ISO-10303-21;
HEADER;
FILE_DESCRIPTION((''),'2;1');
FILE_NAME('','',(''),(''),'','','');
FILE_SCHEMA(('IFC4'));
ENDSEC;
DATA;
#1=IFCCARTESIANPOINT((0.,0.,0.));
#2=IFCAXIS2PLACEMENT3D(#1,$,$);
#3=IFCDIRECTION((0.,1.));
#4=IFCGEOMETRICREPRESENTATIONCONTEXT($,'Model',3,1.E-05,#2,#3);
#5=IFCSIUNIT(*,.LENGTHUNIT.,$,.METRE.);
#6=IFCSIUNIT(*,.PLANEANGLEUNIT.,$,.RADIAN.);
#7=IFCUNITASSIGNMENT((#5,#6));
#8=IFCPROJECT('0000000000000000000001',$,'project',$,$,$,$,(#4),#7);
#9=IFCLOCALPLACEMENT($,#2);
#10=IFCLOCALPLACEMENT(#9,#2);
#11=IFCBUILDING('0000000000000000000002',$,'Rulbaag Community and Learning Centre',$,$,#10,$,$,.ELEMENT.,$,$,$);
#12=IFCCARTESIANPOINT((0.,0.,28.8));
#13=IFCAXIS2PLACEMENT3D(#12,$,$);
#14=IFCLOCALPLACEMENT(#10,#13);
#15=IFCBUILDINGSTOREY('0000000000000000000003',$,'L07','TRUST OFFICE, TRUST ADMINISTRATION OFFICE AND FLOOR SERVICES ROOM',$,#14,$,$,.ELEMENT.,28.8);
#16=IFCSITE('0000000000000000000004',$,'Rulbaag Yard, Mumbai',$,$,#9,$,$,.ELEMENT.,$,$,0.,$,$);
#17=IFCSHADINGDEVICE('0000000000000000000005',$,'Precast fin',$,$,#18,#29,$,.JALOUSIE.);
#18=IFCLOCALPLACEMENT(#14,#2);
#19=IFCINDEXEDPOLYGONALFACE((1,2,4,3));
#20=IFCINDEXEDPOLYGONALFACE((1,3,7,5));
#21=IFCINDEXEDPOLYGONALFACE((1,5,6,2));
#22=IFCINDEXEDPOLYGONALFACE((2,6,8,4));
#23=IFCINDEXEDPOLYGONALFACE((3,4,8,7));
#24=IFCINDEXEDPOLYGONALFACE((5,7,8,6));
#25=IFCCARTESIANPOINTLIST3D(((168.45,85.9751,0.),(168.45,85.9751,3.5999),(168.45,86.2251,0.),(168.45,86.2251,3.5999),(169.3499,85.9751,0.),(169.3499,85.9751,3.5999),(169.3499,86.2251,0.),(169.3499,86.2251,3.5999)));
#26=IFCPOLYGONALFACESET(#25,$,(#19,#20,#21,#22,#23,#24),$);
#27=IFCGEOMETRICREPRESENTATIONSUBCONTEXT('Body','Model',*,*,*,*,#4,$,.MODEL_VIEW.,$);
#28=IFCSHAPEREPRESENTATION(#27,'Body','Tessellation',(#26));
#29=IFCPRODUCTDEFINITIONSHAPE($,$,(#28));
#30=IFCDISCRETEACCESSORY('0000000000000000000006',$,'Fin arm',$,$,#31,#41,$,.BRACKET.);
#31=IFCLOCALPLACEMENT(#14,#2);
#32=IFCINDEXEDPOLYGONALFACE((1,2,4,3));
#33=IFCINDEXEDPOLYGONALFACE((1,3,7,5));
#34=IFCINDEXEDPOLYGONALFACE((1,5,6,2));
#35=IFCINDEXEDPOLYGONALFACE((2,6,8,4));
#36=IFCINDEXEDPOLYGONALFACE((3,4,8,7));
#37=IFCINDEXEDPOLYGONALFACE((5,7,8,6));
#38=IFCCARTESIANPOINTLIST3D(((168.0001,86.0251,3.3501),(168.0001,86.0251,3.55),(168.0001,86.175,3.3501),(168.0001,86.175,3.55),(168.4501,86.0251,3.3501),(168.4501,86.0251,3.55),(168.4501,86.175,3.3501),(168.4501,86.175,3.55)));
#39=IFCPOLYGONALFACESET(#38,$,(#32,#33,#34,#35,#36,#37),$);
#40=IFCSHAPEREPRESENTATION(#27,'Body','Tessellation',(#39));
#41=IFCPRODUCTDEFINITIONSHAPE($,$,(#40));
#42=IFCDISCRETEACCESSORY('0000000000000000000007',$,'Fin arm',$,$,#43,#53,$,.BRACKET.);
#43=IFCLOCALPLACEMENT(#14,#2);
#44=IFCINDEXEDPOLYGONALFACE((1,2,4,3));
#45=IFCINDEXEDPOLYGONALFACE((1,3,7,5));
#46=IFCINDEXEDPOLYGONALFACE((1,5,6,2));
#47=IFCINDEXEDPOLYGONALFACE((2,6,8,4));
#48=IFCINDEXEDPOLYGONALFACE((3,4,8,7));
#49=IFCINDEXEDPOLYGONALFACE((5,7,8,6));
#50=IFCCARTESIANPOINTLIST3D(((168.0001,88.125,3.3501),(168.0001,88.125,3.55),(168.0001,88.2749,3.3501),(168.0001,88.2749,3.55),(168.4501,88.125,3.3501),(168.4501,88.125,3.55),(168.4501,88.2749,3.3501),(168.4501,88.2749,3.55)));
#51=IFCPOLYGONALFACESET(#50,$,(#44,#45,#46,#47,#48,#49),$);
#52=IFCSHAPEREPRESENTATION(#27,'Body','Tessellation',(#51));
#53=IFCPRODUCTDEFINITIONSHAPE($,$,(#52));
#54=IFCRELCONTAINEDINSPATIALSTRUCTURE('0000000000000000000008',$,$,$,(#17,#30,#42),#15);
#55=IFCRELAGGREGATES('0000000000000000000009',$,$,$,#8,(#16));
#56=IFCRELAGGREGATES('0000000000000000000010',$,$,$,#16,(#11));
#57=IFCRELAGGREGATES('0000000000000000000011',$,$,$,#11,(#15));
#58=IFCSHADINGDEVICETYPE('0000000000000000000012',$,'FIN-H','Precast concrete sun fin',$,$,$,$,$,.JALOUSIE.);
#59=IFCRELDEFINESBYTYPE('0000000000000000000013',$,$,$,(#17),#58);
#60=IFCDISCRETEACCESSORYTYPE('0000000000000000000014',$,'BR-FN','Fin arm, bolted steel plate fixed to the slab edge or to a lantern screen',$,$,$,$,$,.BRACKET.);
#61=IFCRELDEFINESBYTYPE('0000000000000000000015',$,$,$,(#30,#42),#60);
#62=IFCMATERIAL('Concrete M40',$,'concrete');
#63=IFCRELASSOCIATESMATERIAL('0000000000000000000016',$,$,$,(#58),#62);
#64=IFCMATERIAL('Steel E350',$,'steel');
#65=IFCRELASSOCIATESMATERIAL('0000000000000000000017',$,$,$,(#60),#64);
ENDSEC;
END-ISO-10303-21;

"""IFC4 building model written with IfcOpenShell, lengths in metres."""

from ifc_helpers import new_model, si_unit, direction, frame, origin, origin_2d, place, context, subcontext, project, spatial, rectangle, extrude, material, material_profile, profile_set, type_object, element, save


model = new_model("IFC4")

# Units and contexts
model_context = context("Model", 3, precision=1e-05, world=origin(), true_north=direction((0.0, 1.0)))
body_context = subcontext(model_context, "Body", "Model", "MODEL_VIEW")
ifc_project = project(units=[si_unit("LENGTHUNIT", "METRE"), si_unit("PLANEANGLEUNIT", "RADIAN")], contexts=[model_context])

# Site, building, storey
site_placement = place(None, origin())
site = spatial("IfcSite", under=ifc_project, at=site_placement, Name="Rulbaag Yard, Mumbai", CompositionType="ELEMENT", RefElevation=0.0)
building_placement = place(site_placement, origin())
building = spatial("IfcBuilding", under=site, at=building_placement, Name="Rulbaag Community and Learning Centre", CompositionType="ELEMENT")
storey_placement = place(building_placement, frame((0.0, 0.0, 28.8)))
storey = spatial("IfcBuildingStorey", under=building, at=storey_placement, Name="L07", Description="TRUST OFFICE, TRUST ADMINISTRATION OFFICE AND FLOOR SERVICES ROOM", CompositionType="ELEMENT", Elevation=28.8)

# Shared definitions
ifc_material_1 = material(Name="Concrete M40", Category="concrete")

# Shading device
ifc_material_profile_1 = material_profile(ifc_material_1, rectangle(XDim=0.25, YDim=0.8999, at=origin_2d()), Name="PC 250x900")
ifc_profile_set_1 = profile_set([ifc_material_profile_1], Name="Concrete M40")
shading_device_type = type_object("IfcShadingDeviceType", Name="FIN-H", Description="Precast concrete sun fin", PredefinedType="JALOUSIE", material=ifc_profile_set_1)
for number, where, z_axis, x_axis, name in (
    (1, (168.8999, 86.1001, 0.0), (0.0, 0.0, 1.0), (0.0, 1.0, 0.0), "Precast fin"),
):
    element("IfcShadingDevice", number, at=place(storey_placement, frame(where, z_axis=z_axis, x_axis=x_axis)), inside=storey, type_object=shading_device_type, Name=name, PredefinedType="JALOUSIE", context=body_context, shape_type="SweptSolid", body=[
        extrude(rectangle(XDim=0.25, YDim=0.8999, at=origin_2d()), origin(), (0.0, 0.0, 1.0), 3.5999),
    ])

# Discrete accessories
ifc_material_2 = material(Name="Steel E350", Category="steel")
discrete_accessory_type = type_object("IfcDiscreteAccessoryType", Name="BR-FN", Description="Fin arm, bolted steel plate fixed to the slab edge or to a lantern screen", PredefinedType="BRACKET", material=ifc_material_2)
for number, where, z_axis, x_axis, name in (
    (2, (168.2251, 86.1001, 3.3501), (0.0, 0.0, 1.0), (1.0, 0.0, 0.0), "Fin arm"),
    (3, (168.2251, 88.2, 3.3501), (0.0, 0.0, 1.0), (1.0, 0.0, 0.0), "Fin arm"),
):
    element("IfcDiscreteAccessory", number, at=place(storey_placement, frame(where, z_axis=z_axis, x_axis=x_axis)), inside=storey, type_object=discrete_accessory_type, Name=name, PredefinedType="BRACKET", context=body_context, shape_type="SweptSolid", body=[
        extrude(rectangle(XDim=0.45, YDim=0.1499, at=origin_2d()), origin(), (0.0, 0.0, 1.0), 0.2),
    ])

save(model, "model.ifc")
